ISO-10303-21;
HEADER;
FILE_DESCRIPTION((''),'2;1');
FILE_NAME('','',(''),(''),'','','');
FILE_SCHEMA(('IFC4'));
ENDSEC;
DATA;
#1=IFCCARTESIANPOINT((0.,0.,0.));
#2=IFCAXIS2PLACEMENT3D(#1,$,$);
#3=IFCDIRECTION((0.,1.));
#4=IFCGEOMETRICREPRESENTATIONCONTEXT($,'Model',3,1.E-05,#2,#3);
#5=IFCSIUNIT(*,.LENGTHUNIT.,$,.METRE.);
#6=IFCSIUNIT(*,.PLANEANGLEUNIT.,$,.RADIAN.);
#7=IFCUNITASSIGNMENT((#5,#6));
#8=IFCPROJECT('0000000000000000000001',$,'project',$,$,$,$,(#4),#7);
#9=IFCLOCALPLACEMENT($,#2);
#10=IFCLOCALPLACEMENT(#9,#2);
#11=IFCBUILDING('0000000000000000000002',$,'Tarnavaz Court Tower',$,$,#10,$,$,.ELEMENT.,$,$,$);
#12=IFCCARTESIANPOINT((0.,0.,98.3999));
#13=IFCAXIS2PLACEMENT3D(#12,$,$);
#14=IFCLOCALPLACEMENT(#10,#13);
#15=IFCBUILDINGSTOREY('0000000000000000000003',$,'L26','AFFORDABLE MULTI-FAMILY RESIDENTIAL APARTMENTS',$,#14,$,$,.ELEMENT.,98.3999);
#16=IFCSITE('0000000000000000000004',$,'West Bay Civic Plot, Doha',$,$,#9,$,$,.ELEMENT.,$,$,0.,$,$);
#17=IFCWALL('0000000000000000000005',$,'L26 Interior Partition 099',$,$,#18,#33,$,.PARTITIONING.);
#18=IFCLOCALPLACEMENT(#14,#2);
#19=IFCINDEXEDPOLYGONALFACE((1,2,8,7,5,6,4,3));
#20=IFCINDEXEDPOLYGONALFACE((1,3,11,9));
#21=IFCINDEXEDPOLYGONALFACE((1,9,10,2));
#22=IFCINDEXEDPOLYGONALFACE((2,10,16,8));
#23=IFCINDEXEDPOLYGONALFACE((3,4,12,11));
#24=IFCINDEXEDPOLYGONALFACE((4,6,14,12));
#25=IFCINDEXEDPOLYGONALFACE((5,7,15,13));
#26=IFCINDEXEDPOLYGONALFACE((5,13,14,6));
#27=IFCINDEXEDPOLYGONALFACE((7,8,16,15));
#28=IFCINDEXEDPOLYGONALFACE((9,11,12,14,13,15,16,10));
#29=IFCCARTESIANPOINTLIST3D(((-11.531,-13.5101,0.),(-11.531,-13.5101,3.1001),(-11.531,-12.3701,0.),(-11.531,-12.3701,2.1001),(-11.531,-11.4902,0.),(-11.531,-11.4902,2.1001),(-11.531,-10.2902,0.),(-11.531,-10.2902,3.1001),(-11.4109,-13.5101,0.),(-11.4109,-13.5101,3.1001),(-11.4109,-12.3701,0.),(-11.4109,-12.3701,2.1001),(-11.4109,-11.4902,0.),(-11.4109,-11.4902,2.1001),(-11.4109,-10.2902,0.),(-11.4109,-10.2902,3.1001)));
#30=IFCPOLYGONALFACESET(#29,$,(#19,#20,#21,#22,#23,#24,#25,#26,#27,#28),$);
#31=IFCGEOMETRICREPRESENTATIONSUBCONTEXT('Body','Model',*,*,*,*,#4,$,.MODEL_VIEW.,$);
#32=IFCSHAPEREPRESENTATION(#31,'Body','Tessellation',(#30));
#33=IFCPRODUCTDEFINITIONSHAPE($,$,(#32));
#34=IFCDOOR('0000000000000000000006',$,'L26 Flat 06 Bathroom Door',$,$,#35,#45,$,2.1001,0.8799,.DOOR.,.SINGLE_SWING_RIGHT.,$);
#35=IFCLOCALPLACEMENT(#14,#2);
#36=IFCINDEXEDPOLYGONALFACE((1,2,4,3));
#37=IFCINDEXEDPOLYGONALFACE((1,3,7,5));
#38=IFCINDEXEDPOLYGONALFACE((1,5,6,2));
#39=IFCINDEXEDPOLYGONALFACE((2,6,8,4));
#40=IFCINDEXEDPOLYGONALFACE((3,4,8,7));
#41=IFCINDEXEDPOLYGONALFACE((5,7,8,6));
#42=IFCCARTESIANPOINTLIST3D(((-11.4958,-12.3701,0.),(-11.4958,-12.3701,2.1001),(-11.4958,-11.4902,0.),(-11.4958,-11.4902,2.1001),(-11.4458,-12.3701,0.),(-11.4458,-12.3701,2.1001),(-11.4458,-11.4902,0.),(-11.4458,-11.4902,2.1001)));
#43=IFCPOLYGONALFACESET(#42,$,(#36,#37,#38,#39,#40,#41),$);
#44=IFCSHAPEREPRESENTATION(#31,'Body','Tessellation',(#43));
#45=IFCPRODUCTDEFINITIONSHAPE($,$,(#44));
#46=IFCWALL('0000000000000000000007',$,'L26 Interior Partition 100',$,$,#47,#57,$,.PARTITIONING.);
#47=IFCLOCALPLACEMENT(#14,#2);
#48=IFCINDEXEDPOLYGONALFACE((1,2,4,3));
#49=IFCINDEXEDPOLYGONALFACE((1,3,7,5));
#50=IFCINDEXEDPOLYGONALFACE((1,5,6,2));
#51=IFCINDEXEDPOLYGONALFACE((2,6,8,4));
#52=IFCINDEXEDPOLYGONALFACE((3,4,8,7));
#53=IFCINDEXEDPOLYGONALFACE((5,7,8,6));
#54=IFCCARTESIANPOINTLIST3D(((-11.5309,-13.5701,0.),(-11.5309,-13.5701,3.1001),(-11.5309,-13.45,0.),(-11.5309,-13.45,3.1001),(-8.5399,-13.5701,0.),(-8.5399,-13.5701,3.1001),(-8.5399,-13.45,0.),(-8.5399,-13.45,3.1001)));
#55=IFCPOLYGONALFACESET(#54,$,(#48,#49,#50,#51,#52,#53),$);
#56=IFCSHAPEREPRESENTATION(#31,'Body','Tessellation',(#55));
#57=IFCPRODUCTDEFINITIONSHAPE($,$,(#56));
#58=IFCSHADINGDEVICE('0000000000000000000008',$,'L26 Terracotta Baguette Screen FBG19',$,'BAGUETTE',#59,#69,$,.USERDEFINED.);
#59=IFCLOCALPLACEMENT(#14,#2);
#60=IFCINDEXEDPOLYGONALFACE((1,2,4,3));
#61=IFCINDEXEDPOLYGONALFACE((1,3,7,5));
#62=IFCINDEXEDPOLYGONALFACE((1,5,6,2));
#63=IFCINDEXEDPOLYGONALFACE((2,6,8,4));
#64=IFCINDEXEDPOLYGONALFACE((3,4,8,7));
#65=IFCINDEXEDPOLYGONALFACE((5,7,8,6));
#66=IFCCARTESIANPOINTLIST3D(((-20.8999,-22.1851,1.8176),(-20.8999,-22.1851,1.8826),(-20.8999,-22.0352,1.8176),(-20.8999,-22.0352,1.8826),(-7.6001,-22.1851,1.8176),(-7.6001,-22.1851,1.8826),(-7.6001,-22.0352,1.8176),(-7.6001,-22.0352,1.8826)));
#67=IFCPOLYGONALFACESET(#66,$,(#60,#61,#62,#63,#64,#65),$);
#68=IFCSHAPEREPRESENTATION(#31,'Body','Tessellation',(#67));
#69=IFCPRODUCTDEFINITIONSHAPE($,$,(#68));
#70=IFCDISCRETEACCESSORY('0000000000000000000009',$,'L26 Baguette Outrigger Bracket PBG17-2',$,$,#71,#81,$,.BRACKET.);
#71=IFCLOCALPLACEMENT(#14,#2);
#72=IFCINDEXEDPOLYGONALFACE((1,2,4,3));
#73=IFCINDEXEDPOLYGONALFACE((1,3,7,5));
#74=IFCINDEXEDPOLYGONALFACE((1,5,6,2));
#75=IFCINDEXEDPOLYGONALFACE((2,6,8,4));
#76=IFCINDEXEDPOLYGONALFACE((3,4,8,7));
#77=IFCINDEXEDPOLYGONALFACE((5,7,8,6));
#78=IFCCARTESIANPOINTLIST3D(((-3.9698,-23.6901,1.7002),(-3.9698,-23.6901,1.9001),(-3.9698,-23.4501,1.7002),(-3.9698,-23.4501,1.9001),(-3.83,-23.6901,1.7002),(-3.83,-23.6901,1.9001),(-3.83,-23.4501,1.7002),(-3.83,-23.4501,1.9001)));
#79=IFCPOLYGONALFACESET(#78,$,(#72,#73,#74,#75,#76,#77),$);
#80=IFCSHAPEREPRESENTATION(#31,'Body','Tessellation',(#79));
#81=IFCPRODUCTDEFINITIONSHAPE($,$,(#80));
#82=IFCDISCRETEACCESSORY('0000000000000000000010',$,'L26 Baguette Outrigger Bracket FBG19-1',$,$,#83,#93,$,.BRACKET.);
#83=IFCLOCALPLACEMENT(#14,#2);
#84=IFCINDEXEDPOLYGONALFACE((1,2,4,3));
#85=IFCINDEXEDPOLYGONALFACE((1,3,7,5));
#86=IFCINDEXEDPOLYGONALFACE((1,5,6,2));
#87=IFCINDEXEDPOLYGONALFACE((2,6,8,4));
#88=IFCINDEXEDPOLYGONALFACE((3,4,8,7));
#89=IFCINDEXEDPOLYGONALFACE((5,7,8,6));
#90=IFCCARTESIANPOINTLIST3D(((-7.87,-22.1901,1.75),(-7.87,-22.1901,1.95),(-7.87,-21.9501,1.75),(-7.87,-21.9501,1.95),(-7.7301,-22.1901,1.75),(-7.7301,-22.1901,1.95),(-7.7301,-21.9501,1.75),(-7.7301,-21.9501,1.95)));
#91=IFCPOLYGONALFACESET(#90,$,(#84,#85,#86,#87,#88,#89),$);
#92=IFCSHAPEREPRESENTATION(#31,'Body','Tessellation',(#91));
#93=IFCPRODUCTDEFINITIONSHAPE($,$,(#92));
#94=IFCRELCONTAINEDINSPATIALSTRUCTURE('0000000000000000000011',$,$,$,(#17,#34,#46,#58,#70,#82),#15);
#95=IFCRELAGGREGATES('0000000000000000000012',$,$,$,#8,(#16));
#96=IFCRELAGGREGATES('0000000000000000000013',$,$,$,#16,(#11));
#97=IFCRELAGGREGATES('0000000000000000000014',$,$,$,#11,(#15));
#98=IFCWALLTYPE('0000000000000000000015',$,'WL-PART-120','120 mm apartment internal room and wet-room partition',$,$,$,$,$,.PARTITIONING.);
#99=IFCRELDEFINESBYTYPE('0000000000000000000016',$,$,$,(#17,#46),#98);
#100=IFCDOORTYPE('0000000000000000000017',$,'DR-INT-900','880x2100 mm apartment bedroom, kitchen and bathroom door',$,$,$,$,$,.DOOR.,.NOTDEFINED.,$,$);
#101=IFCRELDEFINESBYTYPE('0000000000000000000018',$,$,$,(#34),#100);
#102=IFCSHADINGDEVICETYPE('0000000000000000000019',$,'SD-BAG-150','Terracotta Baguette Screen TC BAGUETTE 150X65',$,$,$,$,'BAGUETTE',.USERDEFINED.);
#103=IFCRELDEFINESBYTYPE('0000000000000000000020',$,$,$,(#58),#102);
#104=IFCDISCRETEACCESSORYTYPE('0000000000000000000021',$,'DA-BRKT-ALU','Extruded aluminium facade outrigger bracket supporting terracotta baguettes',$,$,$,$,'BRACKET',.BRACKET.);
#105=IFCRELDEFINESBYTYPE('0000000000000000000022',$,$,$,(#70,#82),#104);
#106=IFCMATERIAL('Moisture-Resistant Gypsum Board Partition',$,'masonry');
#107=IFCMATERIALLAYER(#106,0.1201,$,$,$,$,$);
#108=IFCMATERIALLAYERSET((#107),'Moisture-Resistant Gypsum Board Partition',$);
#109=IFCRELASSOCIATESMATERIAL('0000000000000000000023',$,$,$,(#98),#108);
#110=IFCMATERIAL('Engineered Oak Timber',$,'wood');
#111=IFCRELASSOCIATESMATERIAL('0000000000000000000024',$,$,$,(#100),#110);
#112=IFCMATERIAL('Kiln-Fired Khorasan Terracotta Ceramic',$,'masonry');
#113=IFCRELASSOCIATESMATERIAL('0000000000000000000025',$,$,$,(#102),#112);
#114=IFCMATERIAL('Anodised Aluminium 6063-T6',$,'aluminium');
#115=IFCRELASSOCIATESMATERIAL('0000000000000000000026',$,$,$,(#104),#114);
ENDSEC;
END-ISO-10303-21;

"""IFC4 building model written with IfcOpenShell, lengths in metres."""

from ifc_helpers import new_model, si_unit, direction, frame, frame_2d, origin, origin_2d, place, context, subcontext, project, spatial, rectangle, extrude, material, layer, layer_set, material_profile, profile_set, type_object, element, fill, save


model = new_model("IFC4")

# Units and contexts
model_context = context("Model", 3, precision=1e-05, world=origin(), true_north=direction((0.0, 1.0)))
body_context = subcontext(model_context, "Body", "Model", "MODEL_VIEW")
ifc_project = project(units=[si_unit("LENGTHUNIT", "METRE"), si_unit("PLANEANGLEUNIT", "RADIAN")], contexts=[model_context])

# Site, building, storey
site_placement = place(None, origin())
site = spatial("IfcSite", under=ifc_project, at=site_placement, Name="West Bay Civic Plot, Doha", CompositionType="ELEMENT", RefElevation=0.0)
building_placement = place(site_placement, origin())
building = spatial("IfcBuilding", under=site, at=building_placement, Name="Tarnavaz Court Tower", CompositionType="ELEMENT")
storey_placement = place(building_placement, frame((0.0, 0.0, 98.3999)))
storey = spatial("IfcBuildingStorey", under=building, at=storey_placement, Name="L26", Description="AFFORDABLE MULTI-FAMILY RESIDENTIAL APARTMENTS", CompositionType="ELEMENT", Elevation=98.3999)

# Shared definitions
ifc_material_1 = material(Name="Anodised Aluminium 6063-T6", Category="aluminium")

# Wall, opening, door
ifc_material_2 = material(Name="Moisture-Resistant Gypsum Board Partition", Category="masonry")
ifc_layer_1 = layer(ifc_material_2, 0.1201)
ifc_layer_set_1 = layer_set([ifc_layer_1], Name="Moisture-Resistant Gypsum Board Partition")
wall_type_1 = type_object("IfcWallType", Name="WL-PART-120", Description="120 mm apartment internal room and wet-room partition", PredefinedType="PARTITIONING", material=ifc_layer_set_1)
ifc_material_3 = material(Name="Engineered Oak Timber", Category="wood")
door_type = type_object("IfcDoorType", Name="DR-INT-900", Description="880x2100 mm apartment bedroom, kitchen and bathroom door", OperationType="NOTDEFINED", PredefinedType="DOOR", material=ifc_material_3)
wall_1_placement = place(storey_placement, frame((-11.4709, -13.51, 0.0), z_axis=(0.0, 0.0, 1.0), x_axis=(0.0, 1.0, 0.0)))
wall_1 = element("IfcWall", 1, at=wall_1_placement, inside=storey, type_object=wall_type_1, Name="L26 Interior Partition 099", PredefinedType="PARTITIONING", context=body_context, shape_type="SweptSolid", body=[
    extrude(rectangle(XDim=3.22, YDim=0.1201, at=frame_2d((1.6099, 0.0))), origin(), (0.0, 0.0, 1.0), 3.1001),
])
opening_1_placement = place(wall_1_placement, frame((1.1399, 0.0, 0.0)))
opening_1 = element("IfcOpeningElement", 2, at=opening_1_placement, cuts=wall_1, PredefinedType="OPENING", context=body_context, shape_type="SweptSolid", body=[
    extrude(rectangle(XDim=0.8799, YDim=2.1001, at=frame_2d((0.4399, 1.05))), frame((0.0, 0.0701, 0.0), z_axis=(0.0, -1.0, 0.0), x_axis=(1.0, 0.0, 0.0)), (0.0, 0.0, 1.0), 0.1401),
])
door_1_placement = place(opening_1_placement, origin())
door_1 = element("IfcDoor", 3, at=door_1_placement, inside=storey, type_object=door_type, Name="L26 Flat 06 Bathroom Door", OperationType="SINGLE_SWING_RIGHT", OverallHeight=2.1001, OverallWidth=0.8799, PredefinedType="DOOR", context=body_context, shape_type="SweptSolid", body=[
    extrude(rectangle(XDim=0.8799, YDim=2.1001, at=frame_2d((0.4399, 1.05))), frame((0.0, 0.0249, 0.0), z_axis=(0.0, -1.0, 0.0), x_axis=(1.0, 0.0, 0.0)), (0.0, 0.0, 1.0), 0.05),
])
fill(opening_1, door_1)

# Wall
wall_2_placement = place(storey_placement, frame((-11.531, -13.51, 0.0), z_axis=(0.0, 0.0, 1.0), x_axis=(1.0, 0.0, 0.0)))
element("IfcWall", 4, at=wall_2_placement, inside=storey, type_object=wall_type_1, Name="L26 Interior Partition 100", PredefinedType="PARTITIONING", context=body_context, shape_type="SweptSolid", body=[
    extrude(rectangle(XDim=2.991, YDim=0.1201, at=frame_2d((1.4956, 0.0))), origin(), (0.0, 0.0, 1.0), 3.1001),
])

# Shading device
ifc_material_4 = material(Name="Kiln-Fired Khorasan Terracotta Ceramic", Category="masonry")
ifc_material_profile_1 = material_profile(ifc_material_4, rectangle(XDim=0.1499, YDim=0.0649, at=origin_2d()), Name="TC BAGUETTE 150X65")
ifc_profile_set_1 = profile_set([ifc_material_profile_1], Name="Kiln-Fired Khorasan Terracotta Ceramic")
shading_device_type = type_object("IfcShadingDeviceType", Name="SD-BAG-150", Description="Terracotta Baguette Screen TC BAGUETTE 150X65", ElementType="BAGUETTE", PredefinedType="USERDEFINED", material=ifc_profile_set_1)
shading_device_placement = place(storey_placement, frame((-7.6001, -22.1101, 1.8501), z_axis=(-1.0, 0.0, 0.0), x_axis=(0.0, -1.0, 0.0)))
element("IfcShadingDevice", 5, at=shading_device_placement, inside=storey, type_object=shading_device_type, Name="L26 Terracotta Baguette Screen FBG19", ObjectType="BAGUETTE", PredefinedType="USERDEFINED", context=body_context, shape_type="SweptSolid", body=[
    extrude(rectangle(XDim=0.1499, YDim=0.0649, at=origin_2d()), origin(), (0.0, 0.0, 1.0), 13.2998),
])

# Discrete accessories
discrete_accessory_type = type_object("IfcDiscreteAccessoryType", Name="DA-BRKT-ALU", Description="Extruded aluminium facade outrigger bracket supporting terracotta baguettes", ElementType="BRACKET", PredefinedType="BRACKET", material=ifc_material_1)
for number, where, z_axis, x_axis, name in (
    (6, (-3.8999, -23.5701, 1.7002), (0.0, 0.0, 1.0), (-1.0, 0.0, 0.0), "L26 Baguette Outrigger Bracket PBG17-2"),
    (7, (-7.8, -22.0701, 1.75), (0.0, 0.0, 1.0), (-1.0, 0.0, 0.0), "L26 Baguette Outrigger Bracket FBG19-1"),
):
    element("IfcDiscreteAccessory", number, at=place(storey_placement, frame(where, z_axis=z_axis, x_axis=x_axis)), inside=storey, type_object=discrete_accessory_type, Name=name, PredefinedType="BRACKET", context=body_context, shape_type="SweptSolid", body=[
        extrude(rectangle(XDim=0.1399, YDim=0.24, at=origin_2d()), origin(), (0.0, 0.0, 1.0), 0.2),
    ])

save(model, "model.ifc")
